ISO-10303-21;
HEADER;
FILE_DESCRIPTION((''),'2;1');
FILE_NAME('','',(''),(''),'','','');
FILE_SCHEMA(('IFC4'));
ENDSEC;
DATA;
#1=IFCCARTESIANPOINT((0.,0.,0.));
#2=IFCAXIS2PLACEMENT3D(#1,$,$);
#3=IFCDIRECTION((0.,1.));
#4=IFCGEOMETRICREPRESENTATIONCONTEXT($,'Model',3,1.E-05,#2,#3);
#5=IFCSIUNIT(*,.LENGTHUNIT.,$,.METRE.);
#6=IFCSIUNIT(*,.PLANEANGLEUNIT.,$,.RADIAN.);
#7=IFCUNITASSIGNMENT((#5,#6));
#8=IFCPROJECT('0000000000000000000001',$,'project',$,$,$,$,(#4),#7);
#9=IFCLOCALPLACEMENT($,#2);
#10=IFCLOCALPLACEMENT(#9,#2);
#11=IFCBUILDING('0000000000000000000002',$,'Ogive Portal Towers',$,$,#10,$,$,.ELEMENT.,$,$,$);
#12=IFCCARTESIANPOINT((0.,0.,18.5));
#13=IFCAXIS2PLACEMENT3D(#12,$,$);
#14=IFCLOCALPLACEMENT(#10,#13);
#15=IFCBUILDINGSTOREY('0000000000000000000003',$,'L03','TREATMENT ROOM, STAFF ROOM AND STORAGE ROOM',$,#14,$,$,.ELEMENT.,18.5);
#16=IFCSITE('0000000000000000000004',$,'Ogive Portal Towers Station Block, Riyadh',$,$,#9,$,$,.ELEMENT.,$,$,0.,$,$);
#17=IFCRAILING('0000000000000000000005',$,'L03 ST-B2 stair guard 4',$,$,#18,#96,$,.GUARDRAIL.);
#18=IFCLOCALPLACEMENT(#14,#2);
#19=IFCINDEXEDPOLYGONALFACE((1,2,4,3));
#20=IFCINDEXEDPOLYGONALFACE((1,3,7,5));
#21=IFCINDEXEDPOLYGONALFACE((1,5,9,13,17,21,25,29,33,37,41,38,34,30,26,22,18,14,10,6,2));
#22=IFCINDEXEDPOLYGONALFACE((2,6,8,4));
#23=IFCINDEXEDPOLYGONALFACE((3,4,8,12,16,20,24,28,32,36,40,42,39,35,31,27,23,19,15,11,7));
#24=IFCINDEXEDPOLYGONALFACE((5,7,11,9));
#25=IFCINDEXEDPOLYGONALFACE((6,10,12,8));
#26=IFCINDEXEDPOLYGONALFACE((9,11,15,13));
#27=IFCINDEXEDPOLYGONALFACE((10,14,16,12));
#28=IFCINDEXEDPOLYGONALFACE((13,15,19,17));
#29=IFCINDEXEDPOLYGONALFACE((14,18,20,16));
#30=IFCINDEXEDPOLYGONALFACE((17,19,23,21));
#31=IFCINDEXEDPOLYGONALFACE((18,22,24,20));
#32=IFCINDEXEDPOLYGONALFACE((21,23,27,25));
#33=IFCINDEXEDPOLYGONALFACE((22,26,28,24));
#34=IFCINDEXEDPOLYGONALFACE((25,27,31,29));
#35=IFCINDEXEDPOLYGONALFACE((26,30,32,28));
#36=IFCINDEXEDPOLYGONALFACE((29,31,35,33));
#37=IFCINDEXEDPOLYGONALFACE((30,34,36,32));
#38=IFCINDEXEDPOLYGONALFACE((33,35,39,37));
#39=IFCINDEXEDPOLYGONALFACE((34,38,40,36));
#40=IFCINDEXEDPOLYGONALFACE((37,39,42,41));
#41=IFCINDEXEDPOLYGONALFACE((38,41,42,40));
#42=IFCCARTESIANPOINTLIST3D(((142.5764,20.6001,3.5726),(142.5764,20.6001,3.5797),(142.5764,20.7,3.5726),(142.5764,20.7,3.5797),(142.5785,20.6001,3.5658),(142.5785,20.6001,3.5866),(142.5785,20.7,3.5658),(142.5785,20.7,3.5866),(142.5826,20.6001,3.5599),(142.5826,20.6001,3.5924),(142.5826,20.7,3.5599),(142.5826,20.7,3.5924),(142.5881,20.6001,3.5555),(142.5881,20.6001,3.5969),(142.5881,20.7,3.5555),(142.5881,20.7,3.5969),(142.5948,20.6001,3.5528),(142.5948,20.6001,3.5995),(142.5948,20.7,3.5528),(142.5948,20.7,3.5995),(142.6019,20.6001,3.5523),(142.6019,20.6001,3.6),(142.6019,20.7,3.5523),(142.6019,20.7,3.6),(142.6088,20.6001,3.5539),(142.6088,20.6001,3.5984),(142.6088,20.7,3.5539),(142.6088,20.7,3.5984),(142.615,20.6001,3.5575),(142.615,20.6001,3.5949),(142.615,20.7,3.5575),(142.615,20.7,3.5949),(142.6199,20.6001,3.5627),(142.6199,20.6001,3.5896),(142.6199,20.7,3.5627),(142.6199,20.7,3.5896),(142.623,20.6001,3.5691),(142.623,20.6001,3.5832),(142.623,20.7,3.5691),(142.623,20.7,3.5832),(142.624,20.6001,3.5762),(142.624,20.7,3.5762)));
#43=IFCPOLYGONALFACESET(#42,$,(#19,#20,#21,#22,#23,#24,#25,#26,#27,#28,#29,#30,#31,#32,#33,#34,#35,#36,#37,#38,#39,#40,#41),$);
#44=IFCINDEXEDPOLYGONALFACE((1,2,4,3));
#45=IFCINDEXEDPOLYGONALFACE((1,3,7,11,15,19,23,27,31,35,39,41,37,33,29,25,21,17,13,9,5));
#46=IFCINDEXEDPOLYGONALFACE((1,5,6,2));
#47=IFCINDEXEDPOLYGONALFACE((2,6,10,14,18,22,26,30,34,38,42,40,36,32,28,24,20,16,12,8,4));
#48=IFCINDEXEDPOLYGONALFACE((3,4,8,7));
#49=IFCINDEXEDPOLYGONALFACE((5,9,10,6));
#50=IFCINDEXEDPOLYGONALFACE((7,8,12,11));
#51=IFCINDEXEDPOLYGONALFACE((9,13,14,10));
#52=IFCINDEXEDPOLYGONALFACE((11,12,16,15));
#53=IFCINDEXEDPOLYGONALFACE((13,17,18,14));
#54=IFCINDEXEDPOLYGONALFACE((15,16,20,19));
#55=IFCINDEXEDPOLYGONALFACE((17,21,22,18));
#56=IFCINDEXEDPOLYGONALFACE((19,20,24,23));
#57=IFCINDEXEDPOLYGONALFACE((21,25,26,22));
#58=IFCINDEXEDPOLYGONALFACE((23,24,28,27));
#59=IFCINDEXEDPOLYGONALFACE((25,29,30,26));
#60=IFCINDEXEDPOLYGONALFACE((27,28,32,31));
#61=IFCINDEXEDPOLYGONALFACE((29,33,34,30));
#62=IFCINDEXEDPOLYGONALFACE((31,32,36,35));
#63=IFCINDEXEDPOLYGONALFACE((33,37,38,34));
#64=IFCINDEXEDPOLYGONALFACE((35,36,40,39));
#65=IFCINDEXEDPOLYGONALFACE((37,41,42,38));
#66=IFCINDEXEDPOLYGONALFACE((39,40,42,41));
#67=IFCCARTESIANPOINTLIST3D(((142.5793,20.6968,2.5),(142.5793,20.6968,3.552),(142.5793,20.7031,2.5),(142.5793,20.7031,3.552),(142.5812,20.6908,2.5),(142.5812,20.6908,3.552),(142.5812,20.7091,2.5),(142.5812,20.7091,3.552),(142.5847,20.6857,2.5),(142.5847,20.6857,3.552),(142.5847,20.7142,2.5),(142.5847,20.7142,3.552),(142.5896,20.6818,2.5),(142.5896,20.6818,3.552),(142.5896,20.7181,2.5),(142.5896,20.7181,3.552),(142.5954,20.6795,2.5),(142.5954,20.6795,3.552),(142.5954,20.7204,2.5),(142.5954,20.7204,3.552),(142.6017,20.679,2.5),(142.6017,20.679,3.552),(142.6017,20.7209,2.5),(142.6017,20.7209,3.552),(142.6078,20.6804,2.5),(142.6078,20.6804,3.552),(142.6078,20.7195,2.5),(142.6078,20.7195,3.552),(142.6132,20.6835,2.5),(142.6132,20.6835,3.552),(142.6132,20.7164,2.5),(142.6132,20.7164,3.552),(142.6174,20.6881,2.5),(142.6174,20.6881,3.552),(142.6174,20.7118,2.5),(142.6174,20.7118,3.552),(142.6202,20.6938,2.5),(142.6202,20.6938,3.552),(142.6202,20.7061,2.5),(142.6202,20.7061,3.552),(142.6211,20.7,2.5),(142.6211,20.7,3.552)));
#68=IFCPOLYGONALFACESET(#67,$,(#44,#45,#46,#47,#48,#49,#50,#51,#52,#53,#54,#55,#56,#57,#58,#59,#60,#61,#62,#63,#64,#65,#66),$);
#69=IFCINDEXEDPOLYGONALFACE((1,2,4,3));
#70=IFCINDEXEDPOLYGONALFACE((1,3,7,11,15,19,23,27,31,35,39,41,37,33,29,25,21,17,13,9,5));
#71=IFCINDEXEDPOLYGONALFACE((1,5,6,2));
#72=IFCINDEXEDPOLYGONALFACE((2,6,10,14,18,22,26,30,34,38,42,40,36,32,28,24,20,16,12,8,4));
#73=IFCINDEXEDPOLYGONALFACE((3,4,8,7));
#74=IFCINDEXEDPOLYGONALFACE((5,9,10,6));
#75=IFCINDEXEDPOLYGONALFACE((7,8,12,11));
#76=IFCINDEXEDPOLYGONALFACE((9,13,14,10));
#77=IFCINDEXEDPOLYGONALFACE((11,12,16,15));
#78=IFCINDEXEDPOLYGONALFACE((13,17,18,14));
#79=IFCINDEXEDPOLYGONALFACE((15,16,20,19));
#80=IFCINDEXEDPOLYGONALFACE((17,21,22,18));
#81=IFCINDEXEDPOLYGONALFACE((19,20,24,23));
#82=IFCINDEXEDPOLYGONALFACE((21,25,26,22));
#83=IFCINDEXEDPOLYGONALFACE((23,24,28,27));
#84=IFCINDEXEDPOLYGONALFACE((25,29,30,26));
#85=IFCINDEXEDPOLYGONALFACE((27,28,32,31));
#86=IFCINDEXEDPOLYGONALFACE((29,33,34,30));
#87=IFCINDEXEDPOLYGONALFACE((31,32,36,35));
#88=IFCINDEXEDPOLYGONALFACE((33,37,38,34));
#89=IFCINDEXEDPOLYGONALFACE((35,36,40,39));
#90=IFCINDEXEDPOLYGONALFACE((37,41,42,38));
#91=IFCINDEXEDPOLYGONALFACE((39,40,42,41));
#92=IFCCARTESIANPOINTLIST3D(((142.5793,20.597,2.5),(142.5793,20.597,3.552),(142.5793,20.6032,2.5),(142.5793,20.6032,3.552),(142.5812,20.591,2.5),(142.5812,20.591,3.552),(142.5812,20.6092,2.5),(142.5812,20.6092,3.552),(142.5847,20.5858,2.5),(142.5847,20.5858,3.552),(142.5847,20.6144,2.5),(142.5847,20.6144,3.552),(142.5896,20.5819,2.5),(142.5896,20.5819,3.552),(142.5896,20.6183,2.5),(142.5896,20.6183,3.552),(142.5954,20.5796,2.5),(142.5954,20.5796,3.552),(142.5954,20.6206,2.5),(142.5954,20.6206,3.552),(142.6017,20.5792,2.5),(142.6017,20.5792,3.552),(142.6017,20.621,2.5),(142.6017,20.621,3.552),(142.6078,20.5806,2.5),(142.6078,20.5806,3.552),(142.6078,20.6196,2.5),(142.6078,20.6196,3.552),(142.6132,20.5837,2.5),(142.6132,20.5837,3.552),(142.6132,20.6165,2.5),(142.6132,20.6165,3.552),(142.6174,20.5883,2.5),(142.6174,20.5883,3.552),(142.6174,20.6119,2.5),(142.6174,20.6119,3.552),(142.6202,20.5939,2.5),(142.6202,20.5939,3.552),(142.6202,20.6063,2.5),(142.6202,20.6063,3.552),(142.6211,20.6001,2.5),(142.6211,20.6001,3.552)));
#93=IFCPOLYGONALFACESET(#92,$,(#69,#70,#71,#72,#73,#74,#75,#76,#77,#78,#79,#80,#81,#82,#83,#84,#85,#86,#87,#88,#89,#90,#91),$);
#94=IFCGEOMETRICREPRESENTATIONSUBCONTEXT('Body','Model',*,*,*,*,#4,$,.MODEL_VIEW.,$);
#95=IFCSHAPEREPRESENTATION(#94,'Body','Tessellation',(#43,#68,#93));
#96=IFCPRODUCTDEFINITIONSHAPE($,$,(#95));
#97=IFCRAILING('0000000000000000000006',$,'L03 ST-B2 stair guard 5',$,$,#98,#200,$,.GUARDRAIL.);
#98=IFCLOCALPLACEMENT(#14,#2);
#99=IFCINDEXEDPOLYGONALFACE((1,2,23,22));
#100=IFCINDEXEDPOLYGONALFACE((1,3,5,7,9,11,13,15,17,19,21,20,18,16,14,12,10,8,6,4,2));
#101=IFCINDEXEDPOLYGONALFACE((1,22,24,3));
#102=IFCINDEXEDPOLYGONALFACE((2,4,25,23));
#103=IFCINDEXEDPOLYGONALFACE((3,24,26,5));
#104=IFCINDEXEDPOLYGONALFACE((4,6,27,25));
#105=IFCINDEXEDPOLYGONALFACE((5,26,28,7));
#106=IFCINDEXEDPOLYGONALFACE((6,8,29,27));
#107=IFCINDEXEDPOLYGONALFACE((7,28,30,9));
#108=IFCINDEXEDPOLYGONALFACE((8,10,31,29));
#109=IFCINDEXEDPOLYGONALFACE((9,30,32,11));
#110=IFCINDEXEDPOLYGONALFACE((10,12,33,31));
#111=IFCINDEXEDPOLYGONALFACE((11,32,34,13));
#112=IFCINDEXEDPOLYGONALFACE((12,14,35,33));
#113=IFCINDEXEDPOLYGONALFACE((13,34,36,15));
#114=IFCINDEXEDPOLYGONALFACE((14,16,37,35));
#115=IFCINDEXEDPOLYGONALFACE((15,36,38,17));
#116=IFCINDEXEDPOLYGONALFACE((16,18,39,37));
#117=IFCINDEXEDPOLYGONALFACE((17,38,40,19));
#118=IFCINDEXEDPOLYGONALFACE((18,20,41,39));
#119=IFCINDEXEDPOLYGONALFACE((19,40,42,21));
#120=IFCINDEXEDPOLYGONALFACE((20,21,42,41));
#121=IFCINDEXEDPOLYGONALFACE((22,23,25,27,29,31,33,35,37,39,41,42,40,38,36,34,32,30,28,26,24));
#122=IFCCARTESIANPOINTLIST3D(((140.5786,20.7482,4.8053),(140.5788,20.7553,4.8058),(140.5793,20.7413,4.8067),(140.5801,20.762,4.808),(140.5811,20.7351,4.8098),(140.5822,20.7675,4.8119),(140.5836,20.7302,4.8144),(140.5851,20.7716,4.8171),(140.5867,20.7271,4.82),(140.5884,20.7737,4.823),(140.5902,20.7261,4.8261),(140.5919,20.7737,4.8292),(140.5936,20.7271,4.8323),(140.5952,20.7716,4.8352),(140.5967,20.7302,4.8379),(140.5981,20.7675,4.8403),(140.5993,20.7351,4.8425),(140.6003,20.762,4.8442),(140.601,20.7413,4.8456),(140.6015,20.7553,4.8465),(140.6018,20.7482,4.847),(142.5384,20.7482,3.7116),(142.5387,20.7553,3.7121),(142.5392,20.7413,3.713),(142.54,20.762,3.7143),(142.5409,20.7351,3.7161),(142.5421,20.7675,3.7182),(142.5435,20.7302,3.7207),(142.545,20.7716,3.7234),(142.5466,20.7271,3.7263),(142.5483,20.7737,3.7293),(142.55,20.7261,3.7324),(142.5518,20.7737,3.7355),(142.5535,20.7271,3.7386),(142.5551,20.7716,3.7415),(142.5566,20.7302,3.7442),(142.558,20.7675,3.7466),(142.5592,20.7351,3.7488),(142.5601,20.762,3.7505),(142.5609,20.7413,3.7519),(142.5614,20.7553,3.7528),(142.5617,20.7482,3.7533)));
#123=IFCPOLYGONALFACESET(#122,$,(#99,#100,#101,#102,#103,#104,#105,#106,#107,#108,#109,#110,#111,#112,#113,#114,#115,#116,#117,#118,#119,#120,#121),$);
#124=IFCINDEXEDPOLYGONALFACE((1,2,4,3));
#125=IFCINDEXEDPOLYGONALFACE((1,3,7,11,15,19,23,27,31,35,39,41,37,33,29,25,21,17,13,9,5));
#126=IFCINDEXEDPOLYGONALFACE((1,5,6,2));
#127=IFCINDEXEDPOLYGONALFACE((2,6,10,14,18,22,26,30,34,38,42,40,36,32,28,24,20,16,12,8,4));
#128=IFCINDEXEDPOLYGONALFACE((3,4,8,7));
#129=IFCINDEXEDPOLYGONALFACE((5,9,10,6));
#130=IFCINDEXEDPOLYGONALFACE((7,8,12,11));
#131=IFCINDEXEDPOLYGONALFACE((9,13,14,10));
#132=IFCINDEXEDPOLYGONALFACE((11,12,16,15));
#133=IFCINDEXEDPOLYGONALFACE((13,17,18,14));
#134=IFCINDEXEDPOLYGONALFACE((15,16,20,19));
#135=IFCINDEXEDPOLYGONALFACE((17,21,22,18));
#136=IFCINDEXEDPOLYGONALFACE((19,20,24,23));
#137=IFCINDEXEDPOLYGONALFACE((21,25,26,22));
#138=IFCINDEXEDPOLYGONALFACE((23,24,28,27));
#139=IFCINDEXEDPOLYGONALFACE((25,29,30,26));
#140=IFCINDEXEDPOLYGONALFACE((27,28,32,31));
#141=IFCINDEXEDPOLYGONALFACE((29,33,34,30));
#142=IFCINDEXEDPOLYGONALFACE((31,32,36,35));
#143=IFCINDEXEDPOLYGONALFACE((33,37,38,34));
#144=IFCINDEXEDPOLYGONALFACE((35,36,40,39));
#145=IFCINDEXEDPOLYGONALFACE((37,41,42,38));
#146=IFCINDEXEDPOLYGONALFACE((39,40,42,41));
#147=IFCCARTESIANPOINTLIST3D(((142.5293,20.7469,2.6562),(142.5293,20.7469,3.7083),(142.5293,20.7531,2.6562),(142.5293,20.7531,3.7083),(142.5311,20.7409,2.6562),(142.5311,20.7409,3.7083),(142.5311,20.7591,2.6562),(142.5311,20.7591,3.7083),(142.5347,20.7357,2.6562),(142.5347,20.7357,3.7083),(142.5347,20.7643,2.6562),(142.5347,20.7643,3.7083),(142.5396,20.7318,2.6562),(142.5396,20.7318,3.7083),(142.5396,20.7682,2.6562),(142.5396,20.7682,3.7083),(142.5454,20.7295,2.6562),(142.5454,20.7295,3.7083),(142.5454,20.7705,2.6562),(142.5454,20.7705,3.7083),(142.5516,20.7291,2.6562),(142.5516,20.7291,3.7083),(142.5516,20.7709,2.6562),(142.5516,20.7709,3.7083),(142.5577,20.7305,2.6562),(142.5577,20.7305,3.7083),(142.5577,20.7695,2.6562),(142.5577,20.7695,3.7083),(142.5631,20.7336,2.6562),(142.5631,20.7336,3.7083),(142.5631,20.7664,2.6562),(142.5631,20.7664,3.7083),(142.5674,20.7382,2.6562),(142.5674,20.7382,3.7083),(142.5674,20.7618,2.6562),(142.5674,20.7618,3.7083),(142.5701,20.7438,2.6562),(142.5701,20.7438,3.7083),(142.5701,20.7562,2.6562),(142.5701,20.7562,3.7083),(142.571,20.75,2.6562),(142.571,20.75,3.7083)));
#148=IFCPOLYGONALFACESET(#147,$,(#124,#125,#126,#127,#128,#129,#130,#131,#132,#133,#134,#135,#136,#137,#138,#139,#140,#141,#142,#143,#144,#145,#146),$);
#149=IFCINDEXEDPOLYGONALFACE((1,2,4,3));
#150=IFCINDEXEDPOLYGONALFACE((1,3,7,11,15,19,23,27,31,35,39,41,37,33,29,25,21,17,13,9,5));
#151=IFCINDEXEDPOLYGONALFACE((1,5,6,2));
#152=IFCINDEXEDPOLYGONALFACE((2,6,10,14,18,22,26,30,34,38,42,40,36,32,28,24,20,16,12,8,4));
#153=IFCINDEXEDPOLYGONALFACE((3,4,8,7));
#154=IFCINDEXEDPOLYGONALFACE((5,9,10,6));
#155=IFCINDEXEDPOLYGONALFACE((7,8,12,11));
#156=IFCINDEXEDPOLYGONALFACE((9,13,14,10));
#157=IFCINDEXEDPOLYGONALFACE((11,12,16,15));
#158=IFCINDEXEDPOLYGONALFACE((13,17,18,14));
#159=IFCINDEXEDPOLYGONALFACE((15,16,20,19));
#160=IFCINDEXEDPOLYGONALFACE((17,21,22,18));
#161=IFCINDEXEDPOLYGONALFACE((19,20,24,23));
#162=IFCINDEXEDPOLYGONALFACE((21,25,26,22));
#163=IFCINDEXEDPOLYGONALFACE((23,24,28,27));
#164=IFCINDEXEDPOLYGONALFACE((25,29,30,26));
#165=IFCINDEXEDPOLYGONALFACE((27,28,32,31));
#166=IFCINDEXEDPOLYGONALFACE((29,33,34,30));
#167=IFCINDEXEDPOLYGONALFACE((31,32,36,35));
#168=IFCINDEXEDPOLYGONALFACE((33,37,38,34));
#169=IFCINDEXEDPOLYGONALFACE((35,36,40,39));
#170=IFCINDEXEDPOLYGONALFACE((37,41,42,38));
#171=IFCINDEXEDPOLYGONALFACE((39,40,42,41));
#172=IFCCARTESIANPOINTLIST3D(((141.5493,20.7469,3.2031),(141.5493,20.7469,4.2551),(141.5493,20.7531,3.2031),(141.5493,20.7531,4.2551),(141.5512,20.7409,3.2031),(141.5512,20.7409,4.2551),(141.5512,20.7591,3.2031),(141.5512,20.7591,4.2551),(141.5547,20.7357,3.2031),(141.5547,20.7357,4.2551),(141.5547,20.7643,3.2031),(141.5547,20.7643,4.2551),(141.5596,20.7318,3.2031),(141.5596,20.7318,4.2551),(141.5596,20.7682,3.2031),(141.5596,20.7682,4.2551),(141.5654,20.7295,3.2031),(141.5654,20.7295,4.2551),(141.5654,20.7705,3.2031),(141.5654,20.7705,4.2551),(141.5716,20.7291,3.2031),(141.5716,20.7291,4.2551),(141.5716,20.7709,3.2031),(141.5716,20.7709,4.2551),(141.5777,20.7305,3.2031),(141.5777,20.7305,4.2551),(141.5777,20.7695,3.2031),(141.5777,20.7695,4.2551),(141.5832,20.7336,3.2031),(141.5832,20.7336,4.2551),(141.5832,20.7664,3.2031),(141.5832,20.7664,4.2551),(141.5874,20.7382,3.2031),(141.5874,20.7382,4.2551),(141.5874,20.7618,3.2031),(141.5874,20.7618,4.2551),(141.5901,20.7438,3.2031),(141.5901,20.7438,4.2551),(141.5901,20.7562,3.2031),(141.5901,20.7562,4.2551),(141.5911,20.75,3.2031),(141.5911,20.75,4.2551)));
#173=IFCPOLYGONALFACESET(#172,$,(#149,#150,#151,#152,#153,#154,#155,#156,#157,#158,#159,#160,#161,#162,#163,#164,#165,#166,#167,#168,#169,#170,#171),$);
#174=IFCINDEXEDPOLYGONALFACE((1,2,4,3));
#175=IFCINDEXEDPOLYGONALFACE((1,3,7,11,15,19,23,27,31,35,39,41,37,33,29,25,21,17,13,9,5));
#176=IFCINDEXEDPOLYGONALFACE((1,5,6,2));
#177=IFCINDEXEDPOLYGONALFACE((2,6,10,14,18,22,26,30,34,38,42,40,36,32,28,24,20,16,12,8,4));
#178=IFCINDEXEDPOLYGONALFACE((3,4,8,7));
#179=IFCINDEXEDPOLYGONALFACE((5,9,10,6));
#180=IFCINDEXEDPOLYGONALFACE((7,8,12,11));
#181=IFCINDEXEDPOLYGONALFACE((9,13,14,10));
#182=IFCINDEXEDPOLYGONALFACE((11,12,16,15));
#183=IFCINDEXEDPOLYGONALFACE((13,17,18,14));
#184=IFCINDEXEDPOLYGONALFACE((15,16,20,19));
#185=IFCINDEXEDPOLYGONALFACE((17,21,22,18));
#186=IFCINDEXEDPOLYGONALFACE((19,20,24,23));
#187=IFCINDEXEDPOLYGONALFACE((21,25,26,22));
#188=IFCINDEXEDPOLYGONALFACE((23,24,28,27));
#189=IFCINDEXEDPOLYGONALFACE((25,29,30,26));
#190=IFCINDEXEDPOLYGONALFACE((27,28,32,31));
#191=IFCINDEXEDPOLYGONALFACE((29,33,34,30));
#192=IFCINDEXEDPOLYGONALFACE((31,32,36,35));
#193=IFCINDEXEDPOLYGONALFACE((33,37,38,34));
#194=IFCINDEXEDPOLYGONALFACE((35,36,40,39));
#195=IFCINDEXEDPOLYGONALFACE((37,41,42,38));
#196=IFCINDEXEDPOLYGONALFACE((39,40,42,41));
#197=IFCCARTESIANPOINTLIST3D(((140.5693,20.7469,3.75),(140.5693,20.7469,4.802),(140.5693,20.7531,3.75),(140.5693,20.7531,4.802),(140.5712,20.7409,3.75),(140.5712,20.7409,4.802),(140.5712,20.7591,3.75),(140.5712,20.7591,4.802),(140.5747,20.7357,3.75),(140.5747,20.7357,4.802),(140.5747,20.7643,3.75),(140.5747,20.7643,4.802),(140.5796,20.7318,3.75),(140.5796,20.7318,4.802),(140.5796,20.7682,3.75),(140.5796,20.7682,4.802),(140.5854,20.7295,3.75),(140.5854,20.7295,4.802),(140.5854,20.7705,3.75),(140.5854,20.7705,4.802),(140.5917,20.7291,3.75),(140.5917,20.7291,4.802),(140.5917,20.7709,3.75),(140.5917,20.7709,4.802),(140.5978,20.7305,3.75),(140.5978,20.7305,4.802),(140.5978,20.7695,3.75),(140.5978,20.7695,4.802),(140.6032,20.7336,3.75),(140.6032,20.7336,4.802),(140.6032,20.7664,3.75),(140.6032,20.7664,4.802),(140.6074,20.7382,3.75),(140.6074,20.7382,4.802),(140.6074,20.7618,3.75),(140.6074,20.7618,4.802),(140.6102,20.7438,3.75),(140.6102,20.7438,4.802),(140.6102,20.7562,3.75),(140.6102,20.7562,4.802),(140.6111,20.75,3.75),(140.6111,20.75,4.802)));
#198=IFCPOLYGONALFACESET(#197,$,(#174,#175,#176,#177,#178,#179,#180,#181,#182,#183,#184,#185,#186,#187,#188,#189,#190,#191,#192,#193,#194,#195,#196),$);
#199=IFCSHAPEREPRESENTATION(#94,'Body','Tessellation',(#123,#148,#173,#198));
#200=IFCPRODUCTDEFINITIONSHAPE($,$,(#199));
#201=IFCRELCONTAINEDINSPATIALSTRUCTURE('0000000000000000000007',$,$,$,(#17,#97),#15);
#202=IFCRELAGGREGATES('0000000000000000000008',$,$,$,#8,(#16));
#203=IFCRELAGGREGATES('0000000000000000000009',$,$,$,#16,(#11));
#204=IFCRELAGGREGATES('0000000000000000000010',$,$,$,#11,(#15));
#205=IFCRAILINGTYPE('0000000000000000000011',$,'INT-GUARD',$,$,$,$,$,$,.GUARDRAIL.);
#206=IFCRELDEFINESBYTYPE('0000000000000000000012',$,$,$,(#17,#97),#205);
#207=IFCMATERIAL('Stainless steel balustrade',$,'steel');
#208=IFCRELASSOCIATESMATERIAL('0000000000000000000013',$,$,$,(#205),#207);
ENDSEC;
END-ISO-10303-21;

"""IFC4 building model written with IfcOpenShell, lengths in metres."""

from ifc_helpers import new_model, si_unit, direction, frame, origin, origin_2d, place, context, subcontext, project, spatial, circle, extrude, material, type_object, element, save


model = new_model("IFC4")

# Units and contexts
model_context = context("Model", 3, precision=1e-05, world=origin(), true_north=direction((0.0, 1.0)))
body_context = subcontext(model_context, "Body", "Model", "MODEL_VIEW")
ifc_project = project(units=[si_unit("LENGTHUNIT", "METRE"), si_unit("PLANEANGLEUNIT", "RADIAN")], contexts=[model_context])

# Site, building, storey
site_placement = place(None, origin())
site = spatial("IfcSite", under=ifc_project, at=site_placement, Name="Ogive Portal Towers Station Block, Riyadh", CompositionType="ELEMENT", RefElevation=0.0)
building_placement = place(site_placement, origin())
building = spatial("IfcBuilding", under=site, at=building_placement, Name="Ogive Portal Towers", CompositionType="ELEMENT")
storey_placement = place(building_placement, frame((0.0, 0.0, 18.5)))
storey = spatial("IfcBuildingStorey", under=building, at=storey_placement, Name="L03", Description="TREATMENT ROOM, STAFF ROOM AND STORAGE ROOM", CompositionType="ELEMENT", Elevation=18.5)

# Railings
ifc_material_1 = material(Name="Stainless steel balustrade", Category="steel")
railing_type_1 = type_object("IfcRailingType", Name="INT-GUARD", PredefinedType="GUARDRAIL", material=ifc_material_1)
railing_1_placement = place(storey_placement, frame((142.6001, 20.7, 2.5)))
element("IfcRailing", 1, at=railing_1_placement, inside=storey, type_object=railing_type_1, Name="L03 ST-B2 stair guard 4", PredefinedType="GUARDRAIL", context=body_context, shape_type="SweptSolid", body=[
    extrude(circle(Radius=0.0239, at=origin_2d()), frame((0.0, 0.0, 1.0762), z_axis=(0.0, -1.0, 0.0), x_axis=(1.0, 0.0, 0.0)), (0.0, 0.0, 1.0), 0.0999),
    extrude(circle(Radius=0.021, at=origin_2d()), origin(), (0.0, 0.0, 1.0), 1.052),
    extrude(circle(Radius=0.021, at=origin_2d()), frame((0.0, -0.0999, 0.0)), (0.0, 0.0, 1.0), 1.052),
])
railing_2_placement = place(storey_placement, frame((142.55, 20.75, 2.6562)))
element("IfcRailing", 2, at=railing_2_placement, inside=storey, type_object=railing_type_1, Name="L03 ST-B2 stair guard 5", PredefinedType="GUARDRAIL", context=body_context, shape_type="SweptSolid", body=[
    extrude(circle(Radius=0.0239, at=origin_2d()), frame((0.0, 0.0, 1.0762), z_axis=(-0.873232, 0.0, 0.487304), x_axis=(0.0, -1.0, 0.0)), (0.0, 0.0, 1.0), 2.2444),
    extrude(circle(Radius=0.021, at=origin_2d()), origin(), (0.0, 0.0, 1.0), 1.052),
    extrude(circle(Radius=0.021, at=origin_2d()), frame((-0.98, 0.0, 0.5469)), (0.0, 0.0, 1.0), 1.052),
    extrude(circle(Radius=0.021, at=origin_2d()), frame((-1.96, 0.0, 1.0938)), (0.0, 0.0, 1.0), 1.052),
])

save(model, "model.ifc")
